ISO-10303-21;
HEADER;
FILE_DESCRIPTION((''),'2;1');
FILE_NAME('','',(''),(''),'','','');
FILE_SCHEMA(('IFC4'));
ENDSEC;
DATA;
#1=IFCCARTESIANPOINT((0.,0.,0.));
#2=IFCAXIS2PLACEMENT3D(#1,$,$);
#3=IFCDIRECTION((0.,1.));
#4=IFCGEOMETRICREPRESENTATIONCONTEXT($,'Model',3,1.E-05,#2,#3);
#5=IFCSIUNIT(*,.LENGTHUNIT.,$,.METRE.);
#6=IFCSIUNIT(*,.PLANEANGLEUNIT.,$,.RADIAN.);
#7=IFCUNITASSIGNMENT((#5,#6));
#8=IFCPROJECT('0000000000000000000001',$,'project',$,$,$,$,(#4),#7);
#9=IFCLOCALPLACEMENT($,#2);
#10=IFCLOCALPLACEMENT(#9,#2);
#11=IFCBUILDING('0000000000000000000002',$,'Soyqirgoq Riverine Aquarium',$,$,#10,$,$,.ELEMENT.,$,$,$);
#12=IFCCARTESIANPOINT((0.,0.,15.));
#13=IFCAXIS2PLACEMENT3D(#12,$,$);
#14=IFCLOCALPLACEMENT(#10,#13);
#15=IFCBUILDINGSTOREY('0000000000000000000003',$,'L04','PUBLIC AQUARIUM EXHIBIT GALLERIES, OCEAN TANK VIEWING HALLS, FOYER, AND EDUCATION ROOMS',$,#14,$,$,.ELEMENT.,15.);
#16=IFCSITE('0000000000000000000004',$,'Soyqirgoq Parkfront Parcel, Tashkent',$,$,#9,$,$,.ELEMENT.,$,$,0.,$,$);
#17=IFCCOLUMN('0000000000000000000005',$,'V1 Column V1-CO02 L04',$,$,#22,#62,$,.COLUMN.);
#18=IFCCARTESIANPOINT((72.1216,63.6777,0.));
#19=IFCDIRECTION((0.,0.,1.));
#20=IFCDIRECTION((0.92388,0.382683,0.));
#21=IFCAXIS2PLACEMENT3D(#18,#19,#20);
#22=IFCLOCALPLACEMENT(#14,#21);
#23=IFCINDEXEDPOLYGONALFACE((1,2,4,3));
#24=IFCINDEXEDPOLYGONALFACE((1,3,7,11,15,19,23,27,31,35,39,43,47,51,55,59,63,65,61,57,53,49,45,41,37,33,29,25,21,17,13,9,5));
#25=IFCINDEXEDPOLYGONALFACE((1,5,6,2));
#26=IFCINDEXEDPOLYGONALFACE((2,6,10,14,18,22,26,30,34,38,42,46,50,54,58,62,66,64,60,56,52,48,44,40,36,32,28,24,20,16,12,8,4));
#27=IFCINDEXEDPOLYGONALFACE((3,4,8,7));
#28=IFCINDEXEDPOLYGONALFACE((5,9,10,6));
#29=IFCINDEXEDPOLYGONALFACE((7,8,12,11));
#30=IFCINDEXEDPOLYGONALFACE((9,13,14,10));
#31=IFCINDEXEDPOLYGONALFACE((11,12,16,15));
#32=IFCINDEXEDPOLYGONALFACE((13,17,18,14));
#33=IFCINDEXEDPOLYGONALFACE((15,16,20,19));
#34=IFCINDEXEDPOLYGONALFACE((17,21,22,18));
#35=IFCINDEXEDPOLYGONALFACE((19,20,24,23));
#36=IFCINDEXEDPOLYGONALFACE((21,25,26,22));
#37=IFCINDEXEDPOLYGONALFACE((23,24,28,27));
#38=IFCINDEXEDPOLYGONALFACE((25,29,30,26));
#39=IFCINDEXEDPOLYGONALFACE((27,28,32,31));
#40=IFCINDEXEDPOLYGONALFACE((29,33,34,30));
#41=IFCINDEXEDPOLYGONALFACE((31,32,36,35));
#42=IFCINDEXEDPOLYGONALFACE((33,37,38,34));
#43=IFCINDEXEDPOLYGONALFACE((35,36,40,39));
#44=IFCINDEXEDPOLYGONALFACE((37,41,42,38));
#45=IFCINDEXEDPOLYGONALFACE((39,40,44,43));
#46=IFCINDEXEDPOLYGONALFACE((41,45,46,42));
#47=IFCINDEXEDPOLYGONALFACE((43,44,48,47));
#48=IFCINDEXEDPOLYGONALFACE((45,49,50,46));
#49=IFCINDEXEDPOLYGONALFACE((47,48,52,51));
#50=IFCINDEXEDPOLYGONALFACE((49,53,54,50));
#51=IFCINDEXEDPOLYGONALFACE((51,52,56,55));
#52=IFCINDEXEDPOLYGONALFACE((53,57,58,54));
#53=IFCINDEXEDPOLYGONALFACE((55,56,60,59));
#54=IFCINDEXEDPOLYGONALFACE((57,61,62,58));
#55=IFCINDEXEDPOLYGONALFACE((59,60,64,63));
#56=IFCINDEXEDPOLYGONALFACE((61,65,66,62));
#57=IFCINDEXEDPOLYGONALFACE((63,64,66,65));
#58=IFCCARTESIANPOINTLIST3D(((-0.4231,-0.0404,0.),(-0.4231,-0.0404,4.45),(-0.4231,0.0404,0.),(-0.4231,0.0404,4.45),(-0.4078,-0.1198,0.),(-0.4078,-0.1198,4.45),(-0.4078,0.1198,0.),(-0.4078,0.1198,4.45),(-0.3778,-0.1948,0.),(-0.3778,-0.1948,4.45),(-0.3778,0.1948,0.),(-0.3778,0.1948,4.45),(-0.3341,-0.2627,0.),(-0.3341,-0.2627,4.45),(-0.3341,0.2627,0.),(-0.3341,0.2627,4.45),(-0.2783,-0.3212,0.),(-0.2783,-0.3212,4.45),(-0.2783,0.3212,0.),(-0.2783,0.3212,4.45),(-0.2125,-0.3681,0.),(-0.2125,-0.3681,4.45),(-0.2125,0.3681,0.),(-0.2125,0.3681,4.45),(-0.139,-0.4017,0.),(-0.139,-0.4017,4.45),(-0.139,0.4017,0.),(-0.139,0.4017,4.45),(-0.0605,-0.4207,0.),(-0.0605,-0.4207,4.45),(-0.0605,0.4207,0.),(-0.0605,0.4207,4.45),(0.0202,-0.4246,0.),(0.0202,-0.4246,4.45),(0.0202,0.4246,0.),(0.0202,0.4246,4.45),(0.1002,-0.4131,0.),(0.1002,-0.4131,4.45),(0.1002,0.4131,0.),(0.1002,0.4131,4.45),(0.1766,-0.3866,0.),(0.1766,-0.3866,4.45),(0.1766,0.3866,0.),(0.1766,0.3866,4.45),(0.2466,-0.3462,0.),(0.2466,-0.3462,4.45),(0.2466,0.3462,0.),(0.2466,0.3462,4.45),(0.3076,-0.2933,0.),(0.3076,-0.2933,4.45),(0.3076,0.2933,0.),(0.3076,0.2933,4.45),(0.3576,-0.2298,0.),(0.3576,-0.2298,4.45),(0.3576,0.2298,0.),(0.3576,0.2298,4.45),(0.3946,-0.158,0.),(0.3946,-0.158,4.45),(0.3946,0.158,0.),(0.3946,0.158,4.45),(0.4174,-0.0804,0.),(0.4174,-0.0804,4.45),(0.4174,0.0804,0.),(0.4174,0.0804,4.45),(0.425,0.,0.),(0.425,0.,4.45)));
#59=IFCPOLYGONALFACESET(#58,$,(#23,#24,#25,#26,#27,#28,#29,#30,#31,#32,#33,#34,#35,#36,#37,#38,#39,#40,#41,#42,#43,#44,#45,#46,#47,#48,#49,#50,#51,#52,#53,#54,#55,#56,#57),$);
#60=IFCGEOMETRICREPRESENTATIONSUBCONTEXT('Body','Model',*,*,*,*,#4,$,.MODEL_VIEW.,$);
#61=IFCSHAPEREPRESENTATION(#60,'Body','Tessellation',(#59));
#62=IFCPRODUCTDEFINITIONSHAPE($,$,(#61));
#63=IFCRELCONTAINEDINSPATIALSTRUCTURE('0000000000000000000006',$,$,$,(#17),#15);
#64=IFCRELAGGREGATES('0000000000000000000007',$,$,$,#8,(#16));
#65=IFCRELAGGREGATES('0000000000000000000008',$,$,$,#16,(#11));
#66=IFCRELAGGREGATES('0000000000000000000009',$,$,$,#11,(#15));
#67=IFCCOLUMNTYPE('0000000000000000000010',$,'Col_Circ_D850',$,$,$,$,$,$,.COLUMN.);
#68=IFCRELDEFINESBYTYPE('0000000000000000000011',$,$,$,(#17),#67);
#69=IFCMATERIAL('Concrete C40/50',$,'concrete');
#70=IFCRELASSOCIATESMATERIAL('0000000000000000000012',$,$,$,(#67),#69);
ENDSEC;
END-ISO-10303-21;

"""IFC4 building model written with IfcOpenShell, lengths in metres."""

from ifc_helpers import new_model, si_unit, direction, frame, origin, origin_2d, place, context, subcontext, project, spatial, circle, extrude, material, material_profile, profile_set, type_object, element, save


model = new_model("IFC4")

# Units and contexts
model_context = context("Model", 3, precision=1e-05, world=origin(), true_north=direction((0.0, 1.0)))
body_context = subcontext(model_context, "Body", "Model", "MODEL_VIEW")
ifc_project = project(units=[si_unit("LENGTHUNIT", "METRE"), si_unit("PLANEANGLEUNIT", "RADIAN")], contexts=[model_context])

# Site, building, storey
site_placement = place(None, origin())
site = spatial("IfcSite", under=ifc_project, at=site_placement, Name="Soyqirgoq Parkfront Parcel, Tashkent", CompositionType="ELEMENT", RefElevation=0.0)
building_placement = place(site_placement, origin())
building = spatial("IfcBuilding", under=site, at=building_placement, Name="Soyqirgoq Riverine Aquarium", CompositionType="ELEMENT")
storey_placement = place(building_placement, frame((0.0, 0.0, 15.0)))
storey = spatial("IfcBuildingStorey", under=building, at=storey_placement, Name="L04", Description="PUBLIC AQUARIUM EXHIBIT GALLERIES, OCEAN TANK VIEWING HALLS, FOYER, AND EDUCATION ROOMS", CompositionType="ELEMENT", Elevation=15.0)

# Column
ifc_material_1 = material(Name="Concrete C40/50", Category="concrete")
ifc_material_profile_1 = material_profile(ifc_material_1, circle(Radius=0.425, at=origin_2d()), Name="RC-COL D850")
ifc_profile_set_1 = profile_set([ifc_material_profile_1], Name="Concrete C40/50")
column_type_1 = type_object("IfcColumnType", Name="Col_Circ_D850", PredefinedType="COLUMN", material=ifc_profile_set_1)
for number, where, z_axis, x_axis, name in (
    (1, (72.1216, 63.6777, 0.0), (0.0, 0.0, 1.0), (0.92388, 0.382683, 0.0), "V1 Column V1-CO02 L04"),
):
    element("IfcColumn", number, at=place(storey_placement, frame(where, z_axis=z_axis, x_axis=x_axis)), inside=storey, type_object=column_type_1, Name=name, PredefinedType="COLUMN", context=body_context, shape_type="SweptSolid", body=[
        extrude(circle(Radius=0.425, at=origin_2d()), origin(), (0.0, 0.0, 1.0), 4.45),
    ])

save(model, "model.ifc")
